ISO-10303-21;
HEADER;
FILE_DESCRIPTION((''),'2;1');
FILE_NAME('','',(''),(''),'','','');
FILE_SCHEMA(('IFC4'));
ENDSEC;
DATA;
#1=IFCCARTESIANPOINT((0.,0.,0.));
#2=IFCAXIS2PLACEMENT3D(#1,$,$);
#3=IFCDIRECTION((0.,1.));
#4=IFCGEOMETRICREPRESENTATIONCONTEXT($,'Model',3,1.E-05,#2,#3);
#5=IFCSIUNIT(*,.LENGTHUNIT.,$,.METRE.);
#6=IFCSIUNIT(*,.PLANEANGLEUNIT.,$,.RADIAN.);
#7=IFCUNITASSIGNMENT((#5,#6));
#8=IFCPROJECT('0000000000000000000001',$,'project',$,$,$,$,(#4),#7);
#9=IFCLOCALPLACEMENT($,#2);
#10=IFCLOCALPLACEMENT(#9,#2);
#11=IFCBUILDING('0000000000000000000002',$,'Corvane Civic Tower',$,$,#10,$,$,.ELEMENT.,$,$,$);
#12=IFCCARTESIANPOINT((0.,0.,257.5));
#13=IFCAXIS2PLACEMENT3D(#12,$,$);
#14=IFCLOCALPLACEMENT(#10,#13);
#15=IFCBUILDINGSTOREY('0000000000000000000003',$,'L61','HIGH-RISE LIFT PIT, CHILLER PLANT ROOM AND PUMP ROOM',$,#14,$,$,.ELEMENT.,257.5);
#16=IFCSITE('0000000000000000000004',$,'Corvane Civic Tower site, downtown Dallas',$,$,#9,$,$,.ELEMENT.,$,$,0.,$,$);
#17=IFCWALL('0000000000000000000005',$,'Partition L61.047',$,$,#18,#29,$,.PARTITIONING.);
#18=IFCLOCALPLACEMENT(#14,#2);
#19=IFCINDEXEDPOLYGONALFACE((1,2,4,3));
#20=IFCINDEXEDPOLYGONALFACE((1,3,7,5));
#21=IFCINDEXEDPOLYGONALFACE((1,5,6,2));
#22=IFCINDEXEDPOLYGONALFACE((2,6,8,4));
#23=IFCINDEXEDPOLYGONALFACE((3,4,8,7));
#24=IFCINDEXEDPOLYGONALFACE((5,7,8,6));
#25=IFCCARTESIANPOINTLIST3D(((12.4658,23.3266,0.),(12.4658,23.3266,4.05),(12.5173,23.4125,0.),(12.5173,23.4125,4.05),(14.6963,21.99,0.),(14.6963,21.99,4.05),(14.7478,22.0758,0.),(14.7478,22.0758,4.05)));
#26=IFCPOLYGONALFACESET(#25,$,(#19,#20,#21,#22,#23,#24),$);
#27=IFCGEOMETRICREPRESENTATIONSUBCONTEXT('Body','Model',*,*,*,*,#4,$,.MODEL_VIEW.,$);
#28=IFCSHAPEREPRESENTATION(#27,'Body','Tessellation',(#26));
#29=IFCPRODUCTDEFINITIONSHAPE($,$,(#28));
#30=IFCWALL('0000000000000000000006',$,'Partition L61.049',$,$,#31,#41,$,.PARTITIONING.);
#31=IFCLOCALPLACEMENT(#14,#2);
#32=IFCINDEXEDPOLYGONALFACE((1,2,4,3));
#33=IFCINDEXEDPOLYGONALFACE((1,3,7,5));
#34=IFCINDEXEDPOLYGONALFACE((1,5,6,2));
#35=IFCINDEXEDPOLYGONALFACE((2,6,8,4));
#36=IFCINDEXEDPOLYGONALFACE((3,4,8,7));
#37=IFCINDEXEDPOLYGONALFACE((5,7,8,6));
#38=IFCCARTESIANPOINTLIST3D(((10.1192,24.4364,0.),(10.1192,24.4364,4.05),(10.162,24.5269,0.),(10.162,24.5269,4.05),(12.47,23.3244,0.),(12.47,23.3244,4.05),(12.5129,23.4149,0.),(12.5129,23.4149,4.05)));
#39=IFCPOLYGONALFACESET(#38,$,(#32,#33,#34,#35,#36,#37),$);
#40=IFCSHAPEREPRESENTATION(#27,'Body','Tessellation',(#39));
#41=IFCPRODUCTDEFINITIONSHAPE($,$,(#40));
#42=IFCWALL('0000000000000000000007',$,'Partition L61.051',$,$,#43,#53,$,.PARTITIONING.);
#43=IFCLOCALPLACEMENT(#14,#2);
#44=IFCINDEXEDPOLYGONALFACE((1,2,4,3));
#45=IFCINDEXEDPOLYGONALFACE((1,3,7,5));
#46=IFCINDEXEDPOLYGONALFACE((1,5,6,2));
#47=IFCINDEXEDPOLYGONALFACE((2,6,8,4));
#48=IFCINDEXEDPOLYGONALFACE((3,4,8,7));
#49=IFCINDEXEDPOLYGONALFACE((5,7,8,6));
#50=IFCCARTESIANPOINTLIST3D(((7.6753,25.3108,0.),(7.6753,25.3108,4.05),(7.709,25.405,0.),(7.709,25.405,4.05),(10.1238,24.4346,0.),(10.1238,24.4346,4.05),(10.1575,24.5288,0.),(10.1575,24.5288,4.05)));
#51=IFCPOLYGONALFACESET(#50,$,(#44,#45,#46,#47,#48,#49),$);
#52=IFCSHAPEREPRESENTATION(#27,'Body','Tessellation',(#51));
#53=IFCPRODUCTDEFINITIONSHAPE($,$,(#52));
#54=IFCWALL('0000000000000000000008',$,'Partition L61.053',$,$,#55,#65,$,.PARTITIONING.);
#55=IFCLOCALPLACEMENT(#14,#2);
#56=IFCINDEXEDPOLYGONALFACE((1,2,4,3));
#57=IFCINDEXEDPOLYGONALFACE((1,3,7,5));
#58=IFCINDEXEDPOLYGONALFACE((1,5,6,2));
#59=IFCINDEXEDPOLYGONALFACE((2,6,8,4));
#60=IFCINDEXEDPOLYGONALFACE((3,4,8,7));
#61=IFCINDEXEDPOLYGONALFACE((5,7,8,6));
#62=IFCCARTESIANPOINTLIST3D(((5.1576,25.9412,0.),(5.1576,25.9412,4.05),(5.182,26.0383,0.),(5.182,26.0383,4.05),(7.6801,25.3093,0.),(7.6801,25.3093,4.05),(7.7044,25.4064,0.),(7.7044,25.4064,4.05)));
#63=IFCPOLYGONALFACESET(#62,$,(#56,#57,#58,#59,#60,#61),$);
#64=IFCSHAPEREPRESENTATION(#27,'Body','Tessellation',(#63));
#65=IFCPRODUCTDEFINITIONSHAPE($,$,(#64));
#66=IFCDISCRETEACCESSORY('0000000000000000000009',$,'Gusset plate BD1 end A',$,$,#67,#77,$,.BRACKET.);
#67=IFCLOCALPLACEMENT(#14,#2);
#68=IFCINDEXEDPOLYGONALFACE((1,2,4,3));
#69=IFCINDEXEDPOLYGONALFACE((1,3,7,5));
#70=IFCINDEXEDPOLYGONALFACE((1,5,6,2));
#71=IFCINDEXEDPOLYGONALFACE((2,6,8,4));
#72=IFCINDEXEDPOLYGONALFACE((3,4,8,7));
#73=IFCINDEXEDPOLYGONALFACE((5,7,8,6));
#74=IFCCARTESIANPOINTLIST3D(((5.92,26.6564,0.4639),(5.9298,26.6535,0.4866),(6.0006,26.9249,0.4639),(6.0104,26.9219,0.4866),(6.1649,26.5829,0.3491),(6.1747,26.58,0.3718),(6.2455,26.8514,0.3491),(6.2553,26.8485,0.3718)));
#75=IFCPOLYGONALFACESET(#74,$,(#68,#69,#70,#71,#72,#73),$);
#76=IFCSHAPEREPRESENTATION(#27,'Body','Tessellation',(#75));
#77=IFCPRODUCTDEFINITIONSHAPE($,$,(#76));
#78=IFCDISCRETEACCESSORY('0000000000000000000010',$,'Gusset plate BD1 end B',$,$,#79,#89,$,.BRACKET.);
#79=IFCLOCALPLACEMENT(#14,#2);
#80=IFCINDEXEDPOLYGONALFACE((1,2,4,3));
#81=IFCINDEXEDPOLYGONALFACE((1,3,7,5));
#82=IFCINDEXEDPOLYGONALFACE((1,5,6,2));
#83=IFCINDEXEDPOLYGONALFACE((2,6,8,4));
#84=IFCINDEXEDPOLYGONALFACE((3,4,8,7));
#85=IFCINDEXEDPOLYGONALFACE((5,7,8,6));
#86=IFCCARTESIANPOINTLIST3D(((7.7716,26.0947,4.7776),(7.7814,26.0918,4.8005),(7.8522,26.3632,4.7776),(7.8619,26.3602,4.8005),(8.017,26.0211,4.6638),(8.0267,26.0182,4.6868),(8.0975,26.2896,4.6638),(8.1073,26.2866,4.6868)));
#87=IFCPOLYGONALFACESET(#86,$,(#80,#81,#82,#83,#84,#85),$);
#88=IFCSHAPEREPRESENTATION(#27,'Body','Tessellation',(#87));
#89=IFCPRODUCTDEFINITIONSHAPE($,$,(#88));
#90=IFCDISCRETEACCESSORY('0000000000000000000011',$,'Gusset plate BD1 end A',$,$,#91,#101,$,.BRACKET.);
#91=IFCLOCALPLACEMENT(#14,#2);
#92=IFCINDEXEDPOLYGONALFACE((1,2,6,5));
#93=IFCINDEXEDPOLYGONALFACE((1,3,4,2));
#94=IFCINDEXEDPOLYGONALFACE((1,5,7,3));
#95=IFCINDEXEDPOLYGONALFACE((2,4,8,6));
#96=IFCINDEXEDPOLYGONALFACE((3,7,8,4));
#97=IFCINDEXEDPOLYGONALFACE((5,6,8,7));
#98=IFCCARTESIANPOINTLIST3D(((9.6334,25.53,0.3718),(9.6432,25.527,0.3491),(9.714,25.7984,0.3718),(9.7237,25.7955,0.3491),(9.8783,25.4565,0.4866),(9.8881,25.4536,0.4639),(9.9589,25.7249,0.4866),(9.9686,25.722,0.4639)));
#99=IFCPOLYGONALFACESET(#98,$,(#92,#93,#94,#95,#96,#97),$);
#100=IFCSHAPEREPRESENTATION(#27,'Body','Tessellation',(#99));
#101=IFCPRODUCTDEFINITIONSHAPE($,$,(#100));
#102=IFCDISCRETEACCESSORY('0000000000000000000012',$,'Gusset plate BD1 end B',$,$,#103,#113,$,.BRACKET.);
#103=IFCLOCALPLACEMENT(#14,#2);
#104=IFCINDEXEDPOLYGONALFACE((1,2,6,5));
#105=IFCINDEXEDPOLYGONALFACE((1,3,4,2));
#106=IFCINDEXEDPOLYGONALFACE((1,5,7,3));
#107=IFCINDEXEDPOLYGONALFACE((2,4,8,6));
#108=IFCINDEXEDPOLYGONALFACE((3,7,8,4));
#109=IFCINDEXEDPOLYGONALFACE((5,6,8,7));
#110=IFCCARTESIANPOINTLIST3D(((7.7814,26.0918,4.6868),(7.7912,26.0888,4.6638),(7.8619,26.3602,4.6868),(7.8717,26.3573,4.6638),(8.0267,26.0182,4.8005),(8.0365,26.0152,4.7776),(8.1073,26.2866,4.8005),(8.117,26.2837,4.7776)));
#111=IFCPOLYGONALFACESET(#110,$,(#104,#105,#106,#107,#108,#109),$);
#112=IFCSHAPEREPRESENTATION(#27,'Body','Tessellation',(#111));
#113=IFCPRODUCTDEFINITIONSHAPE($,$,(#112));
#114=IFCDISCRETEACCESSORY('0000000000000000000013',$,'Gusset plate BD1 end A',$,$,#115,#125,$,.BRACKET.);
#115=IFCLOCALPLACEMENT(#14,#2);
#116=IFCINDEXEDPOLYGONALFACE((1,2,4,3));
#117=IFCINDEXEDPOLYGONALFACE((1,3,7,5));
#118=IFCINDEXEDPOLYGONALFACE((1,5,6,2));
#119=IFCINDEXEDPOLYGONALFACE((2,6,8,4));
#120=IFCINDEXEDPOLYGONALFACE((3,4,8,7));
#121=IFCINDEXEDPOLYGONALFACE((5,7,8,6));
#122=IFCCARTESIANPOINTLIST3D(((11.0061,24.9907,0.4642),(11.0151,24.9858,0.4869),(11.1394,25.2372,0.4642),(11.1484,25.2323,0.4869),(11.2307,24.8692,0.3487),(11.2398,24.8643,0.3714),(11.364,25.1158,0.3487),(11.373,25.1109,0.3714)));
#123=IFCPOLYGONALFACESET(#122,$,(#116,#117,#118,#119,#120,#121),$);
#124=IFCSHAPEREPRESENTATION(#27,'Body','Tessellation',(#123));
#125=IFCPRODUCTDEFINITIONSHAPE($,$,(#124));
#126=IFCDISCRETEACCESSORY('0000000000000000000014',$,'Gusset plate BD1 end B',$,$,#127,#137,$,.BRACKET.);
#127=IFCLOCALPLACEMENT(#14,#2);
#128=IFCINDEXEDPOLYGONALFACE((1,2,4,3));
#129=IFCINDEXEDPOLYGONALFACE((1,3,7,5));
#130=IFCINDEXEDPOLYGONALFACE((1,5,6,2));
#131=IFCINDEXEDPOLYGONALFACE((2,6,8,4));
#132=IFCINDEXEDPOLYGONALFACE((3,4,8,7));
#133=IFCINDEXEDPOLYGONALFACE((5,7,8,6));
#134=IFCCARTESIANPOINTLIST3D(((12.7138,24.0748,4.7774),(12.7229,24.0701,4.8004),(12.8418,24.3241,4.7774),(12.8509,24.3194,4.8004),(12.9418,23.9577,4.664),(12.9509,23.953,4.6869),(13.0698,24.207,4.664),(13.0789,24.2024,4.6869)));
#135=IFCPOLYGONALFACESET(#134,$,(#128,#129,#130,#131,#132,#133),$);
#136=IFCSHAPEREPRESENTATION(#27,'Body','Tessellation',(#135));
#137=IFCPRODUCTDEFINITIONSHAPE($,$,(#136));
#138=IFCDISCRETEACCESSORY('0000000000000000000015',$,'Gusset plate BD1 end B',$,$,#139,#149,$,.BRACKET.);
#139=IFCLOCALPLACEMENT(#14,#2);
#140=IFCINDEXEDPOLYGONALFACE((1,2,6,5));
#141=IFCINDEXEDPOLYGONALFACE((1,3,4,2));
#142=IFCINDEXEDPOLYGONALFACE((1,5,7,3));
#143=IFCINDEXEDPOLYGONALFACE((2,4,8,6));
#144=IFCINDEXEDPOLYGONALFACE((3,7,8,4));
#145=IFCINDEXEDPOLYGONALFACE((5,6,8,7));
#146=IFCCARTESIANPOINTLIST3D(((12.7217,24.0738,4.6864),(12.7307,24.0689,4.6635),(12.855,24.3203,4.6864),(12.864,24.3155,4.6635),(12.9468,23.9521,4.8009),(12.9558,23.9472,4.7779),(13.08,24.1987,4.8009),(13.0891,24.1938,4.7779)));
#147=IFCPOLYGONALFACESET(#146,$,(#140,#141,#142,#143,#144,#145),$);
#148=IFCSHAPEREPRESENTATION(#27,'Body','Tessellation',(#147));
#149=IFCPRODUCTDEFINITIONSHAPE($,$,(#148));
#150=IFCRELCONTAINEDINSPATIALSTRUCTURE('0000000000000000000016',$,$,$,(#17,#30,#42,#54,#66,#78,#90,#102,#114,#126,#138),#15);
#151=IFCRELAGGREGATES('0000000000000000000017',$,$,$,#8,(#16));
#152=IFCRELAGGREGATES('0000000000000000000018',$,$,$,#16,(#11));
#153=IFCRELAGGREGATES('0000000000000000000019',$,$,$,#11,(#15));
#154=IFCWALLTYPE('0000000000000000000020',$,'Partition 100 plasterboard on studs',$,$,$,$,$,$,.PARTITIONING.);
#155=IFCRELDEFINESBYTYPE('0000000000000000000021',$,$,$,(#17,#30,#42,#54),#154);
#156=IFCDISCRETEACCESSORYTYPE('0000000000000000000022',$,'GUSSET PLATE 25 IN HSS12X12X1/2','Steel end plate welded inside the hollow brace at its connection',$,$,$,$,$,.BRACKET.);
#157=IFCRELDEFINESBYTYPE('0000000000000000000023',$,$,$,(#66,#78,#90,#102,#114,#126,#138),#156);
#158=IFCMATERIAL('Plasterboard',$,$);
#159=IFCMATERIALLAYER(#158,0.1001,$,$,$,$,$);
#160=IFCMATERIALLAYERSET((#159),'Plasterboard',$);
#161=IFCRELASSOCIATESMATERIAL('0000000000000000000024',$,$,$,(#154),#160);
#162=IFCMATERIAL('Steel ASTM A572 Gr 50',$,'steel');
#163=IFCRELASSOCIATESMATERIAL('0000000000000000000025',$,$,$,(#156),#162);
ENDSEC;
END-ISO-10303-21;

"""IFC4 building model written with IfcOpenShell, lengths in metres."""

from ifc_helpers import new_model, si_unit, direction, frame, frame_2d, origin, origin_2d, place, context, subcontext, project, spatial, rectangle, extrude, material, layer, layer_set, material_profile, profile_set, type_object, element, save


model = new_model("IFC4")

# Units and contexts
model_context = context("Model", 3, precision=1e-05, world=origin(), true_north=direction((0.0, 1.0)))
body_context = subcontext(model_context, "Body", "Model", "MODEL_VIEW")
ifc_project = project(units=[si_unit("LENGTHUNIT", "METRE"), si_unit("PLANEANGLEUNIT", "RADIAN")], contexts=[model_context])

# Site, building, storey
site_placement = place(None, origin())
site = spatial("IfcSite", under=ifc_project, at=site_placement, Name="Corvane Civic Tower site, downtown Dallas", CompositionType="ELEMENT", RefElevation=0.0)
building_placement = place(site_placement, origin())
building = spatial("IfcBuilding", under=site, at=building_placement, Name="Corvane Civic Tower", CompositionType="ELEMENT")
storey_placement = place(building_placement, frame((0.0, 0.0, 257.5)))
storey = spatial("IfcBuildingStorey", under=building, at=storey_placement, Name="L61", Description="HIGH-RISE LIFT PIT, CHILLER PLANT ROOM AND PUMP ROOM", CompositionType="ELEMENT", Elevation=257.5)

# Walls
ifc_material_1 = material(Name="Plasterboard")
ifc_layer = layer(ifc_material_1, 0.1001)
ifc_layer_set = layer_set([ifc_layer], Name="Plasterboard")
wall_type = type_object("IfcWallType", Name="Partition 100 plasterboard on studs", PredefinedType="PARTITIONING", material=ifc_layer_set)
wall_1_placement = place(storey_placement, frame((12.4915, 23.3696, 0.0), z_axis=(0.0, 0.0, 1.0), x_axis=(0.857766, -0.51404, 0.0)))
element("IfcWall", 1, at=wall_1_placement, inside=storey, type_object=wall_type, Name="Partition L61.047", PredefinedType="PARTITIONING", context=body_context, shape_type="SweptSolid", body=[
    extrude(rectangle(XDim=2.6003, YDim=0.1001, at=frame_2d((1.3003, 0.0))), origin(), (0.0, 0.0, 1.0), 4.05),
])
for number, where, z_axis, x_axis, name in (
    (2, (10.1406, 24.4817, 0.0), (0.0, 0.0, 1.0), (0.903959, -0.427618, 0.0), "Partition L61.049"),
    (3, (7.6921, 25.3579, 0.0), (0.0, 0.0, 1.0), (0.941527, -0.336937, 0.0), "Partition L61.051"),
):
    element("IfcWall", number, at=place(storey_placement, frame(where, z_axis=z_axis, x_axis=x_axis)), inside=storey, type_object=wall_type, Name=name, PredefinedType="PARTITIONING", context=body_context, shape_type="SweptSolid", body=[
        extrude(rectangle(XDim=2.6006, YDim=0.1001, at=frame_2d((1.3003, 0.0))), origin(), (0.0, 0.0, 1.0), 4.05),
    ])
wall_2_placement = place(storey_placement, frame((5.1697, 25.9897, 0.0), z_axis=(0.0, 0.0, 1.0), x_axis=(0.970032, -0.242977, 0.0)))
element("IfcWall", 4, at=wall_2_placement, inside=storey, type_object=wall_type, Name="Partition L61.053", PredefinedType="PARTITIONING", context=body_context, shape_type="SweptSolid", body=[
    extrude(rectangle(XDim=2.6003, YDim=0.1001, at=frame_2d((1.3003, 0.0))), origin(), (0.0, 0.0, 1.0), 4.05),
])

# Discrete accessories
ifc_material_2 = material(Name="Steel ASTM A572 Gr 50", Category="steel")
ifc_material_profile_1 = material_profile(ifc_material_2, rectangle(XDim=0.2803, YDim=0.2803, at=origin_2d()), Name="GUSSET PLATE 25 IN HSS12X12X1/2")
ifc_profile_set_1 = profile_set([ifc_material_profile_1], Name="Steel ASTM A572 Gr 50")
discrete_accessory_type = type_object("IfcDiscreteAccessoryType", Name="GUSSET PLATE 25 IN HSS12X12X1/2", Description="Steel end plate welded inside the hollow brace at its connection", PredefinedType="BRACKET", material=ifc_profile_set_1)
discrete_accessory_1_placement = place(storey_placement, frame((6.0828, 26.7539, 0.4065), z_axis=(0.392364, -0.117709, 0.912247), x_axis=(0.287348, 0.957826, 0.0)))
element("IfcDiscreteAccessory", 5, at=discrete_accessory_1_placement, inside=storey, type_object=discrete_accessory_type, Name="Gusset plate BD1 end A", PredefinedType="BRACKET", context=body_context, shape_type="SweptSolid", body=[
    extrude(rectangle(XDim=0.2803, YDim=0.2803, at=origin_2d()), origin(), (0.0, 0.0, 1.0), 0.0249),
])
discrete_accessory_2_placement = place(storey_placement, frame((7.9443, 26.1892, 4.7437), z_axis=(-0.388881, 0.116664, -0.913871), x_axis=(-0.287348, -0.957826, 0.0)))
element("IfcDiscreteAccessory", 6, at=discrete_accessory_2_placement, inside=storey, type_object=discrete_accessory_type, Name="Gusset plate BD1 end B", PredefinedType="BRACKET", context=body_context, shape_type="SweptSolid", body=[
    extrude(rectangle(XDim=0.2803, YDim=0.2803, at=origin_2d()), origin(), (0.0, 0.0, 1.0), 0.0251),
])
discrete_accessory_3_placement = place(storey_placement, frame((9.8059, 25.6245, 0.4065), z_axis=(-0.392364, 0.117709, 0.912247), x_axis=(-0.287348, -0.957826, 0.0)))
element("IfcDiscreteAccessory", 7, at=discrete_accessory_3_placement, inside=storey, type_object=discrete_accessory_type, Name="Gusset plate BD1 end A", PredefinedType="BRACKET", context=body_context, shape_type="SweptSolid", body=[
    extrude(rectangle(XDim=0.2803, YDim=0.2803, at=origin_2d()), origin(), (0.0, 0.0, 1.0), 0.0249),
])
discrete_accessory_4_placement = place(storey_placement, frame((7.9443, 26.1892, 4.7437), z_axis=(0.388881, -0.116664, -0.913871), x_axis=(0.287348, 0.957826, 0.0)))
element("IfcDiscreteAccessory", 8, at=discrete_accessory_4_placement, inside=storey, type_object=discrete_accessory_type, Name="Gusset plate BD1 end B", PredefinedType="BRACKET", context=body_context, shape_type="SweptSolid", body=[
    extrude(rectangle(XDim=0.2803, YDim=0.2803, at=origin_2d()), origin(), (0.0, 0.0, 1.0), 0.0251),
])
discrete_accessory_5_placement = place(storey_placement, frame((11.1851, 25.0532, 0.4065), z_axis=(0.362501, -0.195947, 0.911152), x_axis=(0.475517, 0.879707, 0.0)))
element("IfcDiscreteAccessory", 9, at=discrete_accessory_5_placement, inside=storey, type_object=discrete_accessory_type, Name="Gusset plate BD1 end A", PredefinedType="BRACKET", context=body_context, shape_type="SweptSolid", body=[
    extrude(rectangle(XDim=0.2803, YDim=0.2803, at=origin_2d()), origin(), (0.0, 0.0, 1.0), 0.0249),
])
for number, where, z_axis, x_axis, name in (
    (10, (12.9009, 24.1362, 4.7437), (-0.359954, 0.184841, -0.914477), (-0.456805, -0.889567, 0.0), "Gusset plate BD1 end B"),
    (11, (12.9009, 24.1362, 4.7437), (0.359291, -0.194211, -0.912793), (0.475517, 0.879707, 0.0), "Gusset plate BD1 end B"),
):
    element("IfcDiscreteAccessory", number, at=place(storey_placement, frame(where, z_axis=z_axis, x_axis=x_axis)), inside=storey, type_object=discrete_accessory_type, Name=name, PredefinedType="BRACKET", context=body_context, shape_type="SweptSolid", body=[
        extrude(rectangle(XDim=0.2803, YDim=0.2803, at=origin_2d()), origin(), (0.0, 0.0, 1.0), 0.0251),
    ])

save(model, "model.ifc")
